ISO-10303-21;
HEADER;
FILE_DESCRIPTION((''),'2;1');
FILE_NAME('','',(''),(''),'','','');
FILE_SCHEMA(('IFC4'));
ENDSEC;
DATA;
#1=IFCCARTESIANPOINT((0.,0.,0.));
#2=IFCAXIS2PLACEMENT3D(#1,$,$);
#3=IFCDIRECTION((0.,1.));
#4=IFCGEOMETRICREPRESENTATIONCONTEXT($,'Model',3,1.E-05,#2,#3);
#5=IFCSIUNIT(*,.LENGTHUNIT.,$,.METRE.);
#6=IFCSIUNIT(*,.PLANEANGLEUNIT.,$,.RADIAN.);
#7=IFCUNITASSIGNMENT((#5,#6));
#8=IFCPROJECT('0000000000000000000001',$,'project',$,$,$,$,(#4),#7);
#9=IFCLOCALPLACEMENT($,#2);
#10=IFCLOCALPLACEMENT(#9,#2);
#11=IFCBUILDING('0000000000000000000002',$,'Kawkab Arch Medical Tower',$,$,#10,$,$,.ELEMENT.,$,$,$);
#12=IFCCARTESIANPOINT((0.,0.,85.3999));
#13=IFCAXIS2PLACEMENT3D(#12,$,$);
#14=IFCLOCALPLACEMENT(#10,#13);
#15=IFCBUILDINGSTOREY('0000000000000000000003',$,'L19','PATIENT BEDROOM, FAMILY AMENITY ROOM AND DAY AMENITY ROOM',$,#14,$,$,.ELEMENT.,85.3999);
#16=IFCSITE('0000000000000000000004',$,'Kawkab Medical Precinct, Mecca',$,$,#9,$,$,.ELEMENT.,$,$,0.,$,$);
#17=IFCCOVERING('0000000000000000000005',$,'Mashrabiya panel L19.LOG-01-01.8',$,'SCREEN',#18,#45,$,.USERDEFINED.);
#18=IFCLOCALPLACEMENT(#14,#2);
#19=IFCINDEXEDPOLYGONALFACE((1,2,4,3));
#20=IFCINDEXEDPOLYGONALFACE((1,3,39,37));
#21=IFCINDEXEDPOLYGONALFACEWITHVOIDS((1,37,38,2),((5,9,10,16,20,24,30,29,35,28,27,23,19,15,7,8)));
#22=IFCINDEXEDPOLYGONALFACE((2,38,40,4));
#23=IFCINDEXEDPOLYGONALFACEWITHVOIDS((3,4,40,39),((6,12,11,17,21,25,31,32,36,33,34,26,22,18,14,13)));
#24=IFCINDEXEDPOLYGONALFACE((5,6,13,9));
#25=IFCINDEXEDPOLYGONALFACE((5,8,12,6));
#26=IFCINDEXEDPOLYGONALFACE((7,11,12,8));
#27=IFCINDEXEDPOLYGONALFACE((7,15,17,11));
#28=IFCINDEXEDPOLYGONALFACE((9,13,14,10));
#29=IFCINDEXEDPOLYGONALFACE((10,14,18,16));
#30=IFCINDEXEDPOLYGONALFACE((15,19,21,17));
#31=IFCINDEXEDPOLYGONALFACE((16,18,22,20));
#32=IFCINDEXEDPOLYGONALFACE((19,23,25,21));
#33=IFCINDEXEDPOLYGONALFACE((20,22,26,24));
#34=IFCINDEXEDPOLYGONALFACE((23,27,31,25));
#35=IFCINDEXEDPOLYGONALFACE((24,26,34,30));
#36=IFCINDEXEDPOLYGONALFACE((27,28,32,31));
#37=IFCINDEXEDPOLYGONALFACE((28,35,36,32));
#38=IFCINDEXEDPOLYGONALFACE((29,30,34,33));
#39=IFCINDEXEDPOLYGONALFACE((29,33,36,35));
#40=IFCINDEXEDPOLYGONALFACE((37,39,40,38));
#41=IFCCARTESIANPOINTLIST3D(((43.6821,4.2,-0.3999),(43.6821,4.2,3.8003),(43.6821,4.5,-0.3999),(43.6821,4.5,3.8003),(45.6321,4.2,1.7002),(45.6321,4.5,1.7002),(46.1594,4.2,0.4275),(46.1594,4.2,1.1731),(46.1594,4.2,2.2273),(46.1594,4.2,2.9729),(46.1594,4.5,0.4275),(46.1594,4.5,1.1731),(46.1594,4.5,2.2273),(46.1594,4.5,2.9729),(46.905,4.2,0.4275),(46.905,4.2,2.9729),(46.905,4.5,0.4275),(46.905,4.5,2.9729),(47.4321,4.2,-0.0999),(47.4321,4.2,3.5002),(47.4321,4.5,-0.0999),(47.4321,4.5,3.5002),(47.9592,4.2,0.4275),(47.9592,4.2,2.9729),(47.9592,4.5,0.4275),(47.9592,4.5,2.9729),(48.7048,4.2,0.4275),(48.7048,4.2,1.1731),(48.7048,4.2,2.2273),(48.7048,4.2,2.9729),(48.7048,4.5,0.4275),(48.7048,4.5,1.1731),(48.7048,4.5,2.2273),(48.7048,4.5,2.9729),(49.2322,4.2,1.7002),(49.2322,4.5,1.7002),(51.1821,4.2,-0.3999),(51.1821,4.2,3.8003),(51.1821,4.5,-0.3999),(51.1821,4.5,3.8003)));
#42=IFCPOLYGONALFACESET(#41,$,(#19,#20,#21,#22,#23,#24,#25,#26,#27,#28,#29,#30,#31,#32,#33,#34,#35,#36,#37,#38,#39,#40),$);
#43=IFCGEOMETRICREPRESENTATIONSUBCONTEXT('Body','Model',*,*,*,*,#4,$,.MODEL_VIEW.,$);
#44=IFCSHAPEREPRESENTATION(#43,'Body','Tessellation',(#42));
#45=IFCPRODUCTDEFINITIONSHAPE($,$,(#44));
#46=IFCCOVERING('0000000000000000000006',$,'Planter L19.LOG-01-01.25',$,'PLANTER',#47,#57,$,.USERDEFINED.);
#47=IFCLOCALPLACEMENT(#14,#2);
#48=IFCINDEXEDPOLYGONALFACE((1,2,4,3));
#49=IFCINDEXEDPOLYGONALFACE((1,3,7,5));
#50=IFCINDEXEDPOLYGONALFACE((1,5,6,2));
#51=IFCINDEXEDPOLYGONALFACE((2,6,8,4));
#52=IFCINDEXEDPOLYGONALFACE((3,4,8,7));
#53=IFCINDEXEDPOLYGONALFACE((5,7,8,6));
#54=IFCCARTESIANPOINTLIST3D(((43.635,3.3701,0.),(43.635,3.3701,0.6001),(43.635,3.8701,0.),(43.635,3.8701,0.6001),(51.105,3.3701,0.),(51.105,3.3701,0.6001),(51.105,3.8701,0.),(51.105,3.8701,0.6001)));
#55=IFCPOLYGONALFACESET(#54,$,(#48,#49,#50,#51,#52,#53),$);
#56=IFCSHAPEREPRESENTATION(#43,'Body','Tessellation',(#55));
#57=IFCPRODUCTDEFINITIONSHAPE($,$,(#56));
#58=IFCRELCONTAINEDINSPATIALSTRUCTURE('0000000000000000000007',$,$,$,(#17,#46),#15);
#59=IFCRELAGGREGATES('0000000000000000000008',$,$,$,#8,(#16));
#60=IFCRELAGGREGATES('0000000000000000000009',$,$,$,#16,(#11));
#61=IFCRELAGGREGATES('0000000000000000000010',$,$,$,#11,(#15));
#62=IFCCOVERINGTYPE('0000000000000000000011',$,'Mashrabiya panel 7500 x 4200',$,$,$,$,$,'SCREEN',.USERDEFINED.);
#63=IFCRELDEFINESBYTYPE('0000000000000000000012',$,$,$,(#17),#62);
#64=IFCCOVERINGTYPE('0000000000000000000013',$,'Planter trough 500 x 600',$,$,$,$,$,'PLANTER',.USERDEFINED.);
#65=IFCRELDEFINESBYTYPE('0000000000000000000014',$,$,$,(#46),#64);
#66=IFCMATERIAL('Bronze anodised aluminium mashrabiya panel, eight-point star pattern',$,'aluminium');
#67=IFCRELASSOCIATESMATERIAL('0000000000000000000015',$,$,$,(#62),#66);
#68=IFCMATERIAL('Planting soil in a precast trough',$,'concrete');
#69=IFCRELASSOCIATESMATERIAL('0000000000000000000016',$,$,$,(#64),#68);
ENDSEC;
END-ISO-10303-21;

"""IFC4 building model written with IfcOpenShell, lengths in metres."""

from ifc_helpers import new_model, si_unit, direction, frame, origin, origin_2d, place, context, subcontext, project, spatial, polyline, rectangle, outline, extrude, material, material_profile, profile_set, type_object, element, save


model = new_model("IFC4")

# Units and contexts
model_context = context("Model", 3, precision=1e-05, world=origin(), true_north=direction((0.0, 1.0)))
body_context = subcontext(model_context, "Body", "Model", "MODEL_VIEW")
ifc_project = project(units=[si_unit("LENGTHUNIT", "METRE"), si_unit("PLANEANGLEUNIT", "RADIAN")], contexts=[model_context])

# Site, building, storey
site_placement = place(None, origin())
site = spatial("IfcSite", under=ifc_project, at=site_placement, Name="Kawkab Medical Precinct, Mecca", CompositionType="ELEMENT", RefElevation=0.0)
building_placement = place(site_placement, origin())
building = spatial("IfcBuilding", under=site, at=building_placement, Name="Kawkab Arch Medical Tower", CompositionType="ELEMENT")
storey_placement = place(building_placement, frame((0.0, 0.0, 85.3999)))
storey = spatial("IfcBuildingStorey", under=building, at=storey_placement, Name="L19", Description="PATIENT BEDROOM, FAMILY AMENITY ROOM AND DAY AMENITY ROOM", CompositionType="ELEMENT", Elevation=85.3999)

# Coverings
ifc_material_1 = material(Name="Bronze anodised aluminium mashrabiya panel, eight-point star pattern", Category="aluminium")
ifc_material_profile_1 = material_profile(ifc_material_1, outline(polyline([(-3.75, -2.1001), (3.75, -2.1001), (3.75, 2.1001), (-3.75, 2.1001), (-3.75, -2.1001)]), holes=[polyline([(1.8, 0.0), (1.2727, 0.5271), (1.2727, 1.2727), (0.5271, 1.2727), (0.0, 1.8), (-0.5271, 1.2727), (-1.2727, 1.2727), (-1.2727, 0.5271), (-1.8, 0.0), (-1.2727, -0.5271), (-1.2727, -1.2727), (-0.5271, -1.2727), (0.0, -1.8), (0.5271, -1.2727), (1.2727, -1.2727), (1.2727, -0.5271), (1.8, 0.0)])]), Name="Mashrabiya panel 7500x4200")
ifc_profile_set_1 = profile_set([ifc_material_profile_1], Name="Bronze anodised aluminium mashrabiya panel, eight-point star pattern")
covering_type_1 = type_object("IfcCoveringType", Name="Mashrabiya panel 7500 x 4200", ElementType="SCREEN", PredefinedType="USERDEFINED", material=ifc_profile_set_1)
covering_1_placement = place(storey_placement, frame((47.4321, 4.2, 1.7002), z_axis=(0.0, 1.0, 0.0), x_axis=(-1.0, 0.0, 0.0)))
element("IfcCovering", 1, at=covering_1_placement, inside=storey, type_object=covering_type_1, Name="Mashrabiya panel L19.LOG-01-01.8", ObjectType="SCREEN", PredefinedType="USERDEFINED", context=body_context, shape_type="SweptSolid", body=[
    extrude(outline(polyline([(-3.75, -2.1001), (3.75, -2.1001), (3.75, 2.1001), (-3.75, 2.1001), (-3.75, -2.1001)]), holes=[polyline([(1.8, 0.0), (1.2727, 0.5271), (1.2727, 1.2727), (0.5271, 1.2727), (0.0, 1.8), (-0.5271, 1.2727), (-1.2727, 1.2727), (-1.2727, 0.5271), (-1.8, 0.0), (-1.2727, -0.5271), (-1.2727, -1.2727), (-0.5271, -1.2727), (0.0, -1.8), (0.5271, -1.2727), (1.2727, -1.2727), (1.2727, -0.5271), (1.8, 0.0)])]), origin(), (0.0, 0.0, 1.0), 0.3),
])
ifc_material_2 = material(Name="Planting soil in a precast trough", Category="concrete")
ifc_material_profile_2 = material_profile(ifc_material_2, rectangle(XDim=0.5, YDim=0.6001, at=origin_2d()), Name="Trough 500x600")
ifc_profile_set_2 = profile_set([ifc_material_profile_2], Name="Planting soil in a precast trough")
covering_type_2 = type_object("IfcCoveringType", Name="Planter trough 500 x 600", ElementType="PLANTER", PredefinedType="USERDEFINED", material=ifc_profile_set_2)
covering_2_placement = place(storey_placement, frame((43.635, 3.6201, 0.3), z_axis=(1.0, 0.0, 0.0), x_axis=(0.0, 1.0, 0.0)))
element("IfcCovering", 2, at=covering_2_placement, inside=storey, type_object=covering_type_2, Name="Planter L19.LOG-01-01.25", ObjectType="PLANTER", PredefinedType="USERDEFINED", context=body_context, shape_type="SweptSolid", body=[
    extrude(rectangle(XDim=0.5, YDim=0.6001, at=origin_2d()), origin(), (0.0, 0.0, 1.0), 7.47),
])

save(model, "model.ifc")
